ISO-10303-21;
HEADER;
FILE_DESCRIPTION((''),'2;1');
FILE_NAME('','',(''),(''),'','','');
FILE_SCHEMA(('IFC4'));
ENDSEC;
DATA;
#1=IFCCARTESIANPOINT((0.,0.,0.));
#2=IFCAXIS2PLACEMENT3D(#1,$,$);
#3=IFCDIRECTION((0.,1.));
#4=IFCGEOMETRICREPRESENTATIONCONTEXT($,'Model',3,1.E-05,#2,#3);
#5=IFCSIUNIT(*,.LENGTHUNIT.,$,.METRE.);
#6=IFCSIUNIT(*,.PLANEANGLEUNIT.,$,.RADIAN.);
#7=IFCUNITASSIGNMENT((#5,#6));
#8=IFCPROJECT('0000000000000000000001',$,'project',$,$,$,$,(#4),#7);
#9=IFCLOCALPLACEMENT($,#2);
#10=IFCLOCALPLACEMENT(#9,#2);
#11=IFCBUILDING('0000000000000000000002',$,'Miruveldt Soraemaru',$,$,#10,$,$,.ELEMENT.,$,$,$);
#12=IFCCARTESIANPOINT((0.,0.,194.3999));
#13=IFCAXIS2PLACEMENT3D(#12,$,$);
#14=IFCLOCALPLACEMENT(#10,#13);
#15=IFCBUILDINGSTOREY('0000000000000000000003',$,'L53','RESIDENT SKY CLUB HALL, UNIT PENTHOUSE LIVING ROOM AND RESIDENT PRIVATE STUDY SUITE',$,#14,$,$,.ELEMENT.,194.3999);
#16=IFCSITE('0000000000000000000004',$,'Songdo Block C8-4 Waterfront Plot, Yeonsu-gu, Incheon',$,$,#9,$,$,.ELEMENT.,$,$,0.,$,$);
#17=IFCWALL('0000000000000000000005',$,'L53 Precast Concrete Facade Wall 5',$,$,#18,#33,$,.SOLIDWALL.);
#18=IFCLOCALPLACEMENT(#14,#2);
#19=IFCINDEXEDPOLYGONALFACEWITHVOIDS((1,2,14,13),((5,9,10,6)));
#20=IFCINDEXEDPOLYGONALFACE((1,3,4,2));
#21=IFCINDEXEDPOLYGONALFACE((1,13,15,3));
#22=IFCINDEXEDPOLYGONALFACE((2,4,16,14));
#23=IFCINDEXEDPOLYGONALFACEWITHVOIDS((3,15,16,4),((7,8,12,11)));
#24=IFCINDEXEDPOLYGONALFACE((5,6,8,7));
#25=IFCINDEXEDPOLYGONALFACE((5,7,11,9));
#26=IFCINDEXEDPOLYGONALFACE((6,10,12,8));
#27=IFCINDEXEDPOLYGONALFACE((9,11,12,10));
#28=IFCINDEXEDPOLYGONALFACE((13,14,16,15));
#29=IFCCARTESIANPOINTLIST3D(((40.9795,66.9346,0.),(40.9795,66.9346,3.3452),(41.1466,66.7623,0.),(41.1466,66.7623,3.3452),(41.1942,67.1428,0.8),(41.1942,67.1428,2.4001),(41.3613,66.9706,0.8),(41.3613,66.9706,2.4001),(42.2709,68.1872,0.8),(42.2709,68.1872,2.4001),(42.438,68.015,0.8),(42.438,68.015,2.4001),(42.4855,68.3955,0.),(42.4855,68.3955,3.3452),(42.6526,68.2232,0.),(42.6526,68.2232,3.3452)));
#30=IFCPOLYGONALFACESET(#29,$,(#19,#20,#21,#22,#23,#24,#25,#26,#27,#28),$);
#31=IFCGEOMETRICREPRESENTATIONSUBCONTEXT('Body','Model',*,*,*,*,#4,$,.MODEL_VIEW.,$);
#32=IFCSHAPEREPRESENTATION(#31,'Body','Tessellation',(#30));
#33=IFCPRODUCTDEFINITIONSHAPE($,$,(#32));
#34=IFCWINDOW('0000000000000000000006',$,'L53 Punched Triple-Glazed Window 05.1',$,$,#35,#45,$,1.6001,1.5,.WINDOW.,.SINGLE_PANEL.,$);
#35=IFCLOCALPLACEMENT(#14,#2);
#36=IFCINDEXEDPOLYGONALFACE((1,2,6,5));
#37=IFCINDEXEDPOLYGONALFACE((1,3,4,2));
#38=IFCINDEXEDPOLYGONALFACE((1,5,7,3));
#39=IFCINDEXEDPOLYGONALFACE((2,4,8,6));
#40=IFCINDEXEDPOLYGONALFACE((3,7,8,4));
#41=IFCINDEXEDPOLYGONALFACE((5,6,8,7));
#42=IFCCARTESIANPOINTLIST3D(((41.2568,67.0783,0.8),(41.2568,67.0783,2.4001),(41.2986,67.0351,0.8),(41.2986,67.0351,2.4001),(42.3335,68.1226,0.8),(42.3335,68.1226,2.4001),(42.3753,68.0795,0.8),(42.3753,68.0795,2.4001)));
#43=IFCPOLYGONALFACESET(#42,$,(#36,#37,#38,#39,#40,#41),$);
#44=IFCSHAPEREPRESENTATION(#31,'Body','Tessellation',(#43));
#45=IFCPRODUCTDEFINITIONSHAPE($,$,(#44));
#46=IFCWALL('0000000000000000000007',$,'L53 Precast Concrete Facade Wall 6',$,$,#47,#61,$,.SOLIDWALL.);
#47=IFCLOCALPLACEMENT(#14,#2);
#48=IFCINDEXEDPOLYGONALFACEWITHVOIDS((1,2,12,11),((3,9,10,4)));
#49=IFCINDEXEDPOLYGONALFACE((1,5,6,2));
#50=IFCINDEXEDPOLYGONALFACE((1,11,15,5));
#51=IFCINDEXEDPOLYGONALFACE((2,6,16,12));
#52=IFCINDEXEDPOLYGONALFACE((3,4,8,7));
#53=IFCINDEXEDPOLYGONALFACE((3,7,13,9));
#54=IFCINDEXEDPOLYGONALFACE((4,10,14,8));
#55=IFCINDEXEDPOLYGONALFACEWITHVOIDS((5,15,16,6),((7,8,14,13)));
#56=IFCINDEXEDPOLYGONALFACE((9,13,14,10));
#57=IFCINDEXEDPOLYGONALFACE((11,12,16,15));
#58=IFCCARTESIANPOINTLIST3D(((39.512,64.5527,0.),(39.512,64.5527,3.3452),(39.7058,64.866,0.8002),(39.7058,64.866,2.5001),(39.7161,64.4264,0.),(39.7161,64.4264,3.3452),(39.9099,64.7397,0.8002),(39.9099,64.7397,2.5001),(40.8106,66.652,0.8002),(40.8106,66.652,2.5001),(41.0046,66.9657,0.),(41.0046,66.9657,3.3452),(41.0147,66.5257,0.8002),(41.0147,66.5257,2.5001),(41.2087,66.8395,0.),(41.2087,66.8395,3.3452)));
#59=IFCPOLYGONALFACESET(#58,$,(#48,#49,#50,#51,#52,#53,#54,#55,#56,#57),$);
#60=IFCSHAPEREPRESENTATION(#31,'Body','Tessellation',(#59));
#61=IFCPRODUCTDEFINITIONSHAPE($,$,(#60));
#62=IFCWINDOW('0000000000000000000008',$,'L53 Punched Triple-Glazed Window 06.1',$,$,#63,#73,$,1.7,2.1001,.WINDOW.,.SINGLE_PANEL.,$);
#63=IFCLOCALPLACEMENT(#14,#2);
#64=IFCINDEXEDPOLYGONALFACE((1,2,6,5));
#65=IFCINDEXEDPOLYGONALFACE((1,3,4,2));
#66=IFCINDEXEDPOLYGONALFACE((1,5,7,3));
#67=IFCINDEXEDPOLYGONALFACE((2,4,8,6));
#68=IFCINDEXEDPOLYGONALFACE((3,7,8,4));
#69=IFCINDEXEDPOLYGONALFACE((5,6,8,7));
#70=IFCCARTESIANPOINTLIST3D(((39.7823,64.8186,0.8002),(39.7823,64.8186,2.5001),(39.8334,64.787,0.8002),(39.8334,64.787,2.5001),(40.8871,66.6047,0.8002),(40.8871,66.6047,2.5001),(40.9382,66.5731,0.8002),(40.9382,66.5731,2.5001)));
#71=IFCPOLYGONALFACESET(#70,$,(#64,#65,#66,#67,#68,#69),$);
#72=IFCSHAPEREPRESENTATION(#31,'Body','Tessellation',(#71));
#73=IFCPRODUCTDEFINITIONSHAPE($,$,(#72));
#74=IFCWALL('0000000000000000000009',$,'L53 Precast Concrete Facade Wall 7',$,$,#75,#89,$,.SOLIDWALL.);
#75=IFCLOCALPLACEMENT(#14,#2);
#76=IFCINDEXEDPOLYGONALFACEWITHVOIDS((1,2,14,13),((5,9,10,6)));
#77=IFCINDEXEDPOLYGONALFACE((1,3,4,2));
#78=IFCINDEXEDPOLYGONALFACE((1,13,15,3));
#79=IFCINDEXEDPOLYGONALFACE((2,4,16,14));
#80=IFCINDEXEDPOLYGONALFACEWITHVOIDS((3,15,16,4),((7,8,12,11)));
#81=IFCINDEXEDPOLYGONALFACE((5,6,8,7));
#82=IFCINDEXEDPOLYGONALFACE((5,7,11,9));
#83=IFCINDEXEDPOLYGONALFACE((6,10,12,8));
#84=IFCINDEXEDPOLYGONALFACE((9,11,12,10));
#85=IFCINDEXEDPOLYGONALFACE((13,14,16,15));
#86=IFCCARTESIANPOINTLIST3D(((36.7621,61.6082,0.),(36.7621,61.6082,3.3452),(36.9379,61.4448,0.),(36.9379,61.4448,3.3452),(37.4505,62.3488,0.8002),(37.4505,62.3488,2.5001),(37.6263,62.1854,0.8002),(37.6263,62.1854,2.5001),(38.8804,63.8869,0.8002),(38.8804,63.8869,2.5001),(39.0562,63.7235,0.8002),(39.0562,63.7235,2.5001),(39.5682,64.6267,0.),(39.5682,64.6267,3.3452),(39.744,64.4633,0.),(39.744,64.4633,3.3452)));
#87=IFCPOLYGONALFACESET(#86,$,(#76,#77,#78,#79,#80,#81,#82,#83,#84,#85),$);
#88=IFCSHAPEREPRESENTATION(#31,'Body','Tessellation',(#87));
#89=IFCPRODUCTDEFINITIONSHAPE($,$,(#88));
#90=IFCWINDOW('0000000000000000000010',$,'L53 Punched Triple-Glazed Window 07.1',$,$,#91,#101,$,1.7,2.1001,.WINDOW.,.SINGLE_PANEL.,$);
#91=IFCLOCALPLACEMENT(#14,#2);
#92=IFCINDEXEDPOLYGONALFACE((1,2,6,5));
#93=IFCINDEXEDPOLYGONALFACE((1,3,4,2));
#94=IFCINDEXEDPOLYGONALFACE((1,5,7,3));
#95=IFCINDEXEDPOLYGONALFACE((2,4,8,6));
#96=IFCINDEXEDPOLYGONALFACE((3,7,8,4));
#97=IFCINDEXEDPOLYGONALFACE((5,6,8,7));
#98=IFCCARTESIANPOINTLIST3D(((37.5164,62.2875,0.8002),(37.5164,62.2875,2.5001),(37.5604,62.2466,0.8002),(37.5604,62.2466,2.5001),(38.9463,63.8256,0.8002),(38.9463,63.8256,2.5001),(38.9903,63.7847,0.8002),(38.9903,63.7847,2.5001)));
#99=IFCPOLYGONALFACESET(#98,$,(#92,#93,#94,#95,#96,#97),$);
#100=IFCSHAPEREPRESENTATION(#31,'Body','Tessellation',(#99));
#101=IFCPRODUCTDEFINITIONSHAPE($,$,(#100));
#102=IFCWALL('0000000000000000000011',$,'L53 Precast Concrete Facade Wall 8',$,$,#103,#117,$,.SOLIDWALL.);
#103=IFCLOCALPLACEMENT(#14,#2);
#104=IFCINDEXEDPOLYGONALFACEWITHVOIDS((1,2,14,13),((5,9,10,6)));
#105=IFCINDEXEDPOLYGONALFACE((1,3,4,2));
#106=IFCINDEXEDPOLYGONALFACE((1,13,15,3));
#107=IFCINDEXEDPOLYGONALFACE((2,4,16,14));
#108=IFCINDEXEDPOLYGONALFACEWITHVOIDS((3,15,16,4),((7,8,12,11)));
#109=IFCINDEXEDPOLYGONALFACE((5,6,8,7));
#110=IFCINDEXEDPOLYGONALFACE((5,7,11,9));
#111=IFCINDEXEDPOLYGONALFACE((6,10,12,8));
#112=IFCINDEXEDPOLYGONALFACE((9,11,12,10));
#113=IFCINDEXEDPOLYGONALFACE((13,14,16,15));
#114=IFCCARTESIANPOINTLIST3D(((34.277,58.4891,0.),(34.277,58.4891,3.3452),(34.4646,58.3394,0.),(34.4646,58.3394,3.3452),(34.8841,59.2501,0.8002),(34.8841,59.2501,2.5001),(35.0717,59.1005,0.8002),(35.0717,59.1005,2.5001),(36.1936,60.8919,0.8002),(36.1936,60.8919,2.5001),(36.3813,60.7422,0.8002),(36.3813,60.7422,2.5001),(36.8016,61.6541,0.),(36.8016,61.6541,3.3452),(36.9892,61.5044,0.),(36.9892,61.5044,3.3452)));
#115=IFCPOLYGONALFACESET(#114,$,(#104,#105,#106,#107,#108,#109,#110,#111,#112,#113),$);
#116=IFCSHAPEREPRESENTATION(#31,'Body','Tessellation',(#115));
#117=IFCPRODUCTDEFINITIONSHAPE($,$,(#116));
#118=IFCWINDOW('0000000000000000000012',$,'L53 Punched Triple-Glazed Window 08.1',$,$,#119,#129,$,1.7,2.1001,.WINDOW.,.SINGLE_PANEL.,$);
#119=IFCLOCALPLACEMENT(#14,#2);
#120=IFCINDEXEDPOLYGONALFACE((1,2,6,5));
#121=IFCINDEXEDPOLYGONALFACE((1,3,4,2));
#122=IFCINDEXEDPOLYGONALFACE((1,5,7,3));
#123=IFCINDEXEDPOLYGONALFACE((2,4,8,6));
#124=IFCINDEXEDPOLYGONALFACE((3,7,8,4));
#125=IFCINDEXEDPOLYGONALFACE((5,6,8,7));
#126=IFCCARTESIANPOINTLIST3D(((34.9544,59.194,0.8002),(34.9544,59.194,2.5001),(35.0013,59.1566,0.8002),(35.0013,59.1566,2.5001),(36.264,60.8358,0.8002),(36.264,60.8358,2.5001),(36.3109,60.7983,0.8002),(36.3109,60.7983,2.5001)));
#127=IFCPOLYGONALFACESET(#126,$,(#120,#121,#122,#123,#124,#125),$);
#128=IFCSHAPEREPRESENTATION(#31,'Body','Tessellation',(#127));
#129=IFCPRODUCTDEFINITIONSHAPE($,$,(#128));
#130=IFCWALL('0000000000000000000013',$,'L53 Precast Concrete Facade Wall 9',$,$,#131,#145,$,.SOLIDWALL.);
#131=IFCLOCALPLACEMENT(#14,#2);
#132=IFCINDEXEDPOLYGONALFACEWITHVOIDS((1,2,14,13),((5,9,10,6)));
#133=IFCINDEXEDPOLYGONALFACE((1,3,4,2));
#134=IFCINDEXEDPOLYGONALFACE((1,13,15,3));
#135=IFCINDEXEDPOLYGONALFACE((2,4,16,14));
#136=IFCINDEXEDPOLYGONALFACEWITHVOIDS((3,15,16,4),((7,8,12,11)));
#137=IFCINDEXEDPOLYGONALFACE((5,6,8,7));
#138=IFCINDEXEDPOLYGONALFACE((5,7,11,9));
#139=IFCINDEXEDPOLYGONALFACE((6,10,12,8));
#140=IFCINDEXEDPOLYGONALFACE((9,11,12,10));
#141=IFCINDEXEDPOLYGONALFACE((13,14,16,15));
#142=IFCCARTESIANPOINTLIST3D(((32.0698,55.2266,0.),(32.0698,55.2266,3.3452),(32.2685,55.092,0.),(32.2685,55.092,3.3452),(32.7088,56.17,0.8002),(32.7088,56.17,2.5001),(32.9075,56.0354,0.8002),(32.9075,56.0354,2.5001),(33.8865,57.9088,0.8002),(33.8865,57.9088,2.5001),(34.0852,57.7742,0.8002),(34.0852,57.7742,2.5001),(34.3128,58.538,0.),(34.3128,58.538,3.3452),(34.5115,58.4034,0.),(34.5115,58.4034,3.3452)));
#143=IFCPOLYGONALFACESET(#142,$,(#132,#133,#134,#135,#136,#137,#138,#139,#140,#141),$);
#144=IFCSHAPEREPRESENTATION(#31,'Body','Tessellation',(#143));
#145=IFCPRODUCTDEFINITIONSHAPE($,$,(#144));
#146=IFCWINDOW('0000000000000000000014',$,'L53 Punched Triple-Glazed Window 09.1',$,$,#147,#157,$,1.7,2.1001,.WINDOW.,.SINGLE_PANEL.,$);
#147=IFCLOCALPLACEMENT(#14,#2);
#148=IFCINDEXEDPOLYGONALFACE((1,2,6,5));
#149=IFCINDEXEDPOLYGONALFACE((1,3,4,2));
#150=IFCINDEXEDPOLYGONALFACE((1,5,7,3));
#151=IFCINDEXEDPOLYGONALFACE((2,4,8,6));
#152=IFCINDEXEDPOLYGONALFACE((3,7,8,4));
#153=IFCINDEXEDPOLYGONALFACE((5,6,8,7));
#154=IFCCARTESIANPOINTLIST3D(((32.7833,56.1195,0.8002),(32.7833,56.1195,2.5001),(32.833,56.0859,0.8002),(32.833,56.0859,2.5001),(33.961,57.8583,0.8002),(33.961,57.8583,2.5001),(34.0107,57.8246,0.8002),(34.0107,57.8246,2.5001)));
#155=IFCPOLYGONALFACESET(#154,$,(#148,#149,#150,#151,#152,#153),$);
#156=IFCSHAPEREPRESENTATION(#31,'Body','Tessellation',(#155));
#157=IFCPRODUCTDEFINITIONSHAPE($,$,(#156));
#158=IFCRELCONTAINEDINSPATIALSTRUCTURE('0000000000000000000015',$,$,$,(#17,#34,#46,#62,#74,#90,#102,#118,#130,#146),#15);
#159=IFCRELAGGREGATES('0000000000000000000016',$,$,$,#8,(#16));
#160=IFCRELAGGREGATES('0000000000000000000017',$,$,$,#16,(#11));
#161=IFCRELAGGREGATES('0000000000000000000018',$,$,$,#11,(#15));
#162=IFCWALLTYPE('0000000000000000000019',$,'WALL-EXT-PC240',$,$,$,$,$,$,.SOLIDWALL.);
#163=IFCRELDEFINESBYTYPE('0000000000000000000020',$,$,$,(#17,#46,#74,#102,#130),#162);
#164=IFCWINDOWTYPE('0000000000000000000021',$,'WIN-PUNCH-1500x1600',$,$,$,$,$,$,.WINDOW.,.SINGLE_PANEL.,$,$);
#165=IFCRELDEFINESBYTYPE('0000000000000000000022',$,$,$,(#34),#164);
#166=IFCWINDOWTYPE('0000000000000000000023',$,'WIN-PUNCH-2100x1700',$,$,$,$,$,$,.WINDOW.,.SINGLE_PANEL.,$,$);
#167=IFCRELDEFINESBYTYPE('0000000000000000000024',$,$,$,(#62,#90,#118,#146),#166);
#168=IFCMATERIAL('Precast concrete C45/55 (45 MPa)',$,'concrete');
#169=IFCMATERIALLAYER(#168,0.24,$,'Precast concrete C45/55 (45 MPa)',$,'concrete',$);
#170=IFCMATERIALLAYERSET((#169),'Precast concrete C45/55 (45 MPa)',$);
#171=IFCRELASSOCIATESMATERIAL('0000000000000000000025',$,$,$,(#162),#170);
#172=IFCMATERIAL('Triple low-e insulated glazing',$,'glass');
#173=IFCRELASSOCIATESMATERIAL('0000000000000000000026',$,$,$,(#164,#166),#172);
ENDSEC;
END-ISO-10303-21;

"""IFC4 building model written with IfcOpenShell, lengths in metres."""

from ifc_helpers import new_model, si_unit, direction, frame, frame_2d, origin, place, context, subcontext, project, spatial, rectangle, extrude, material, layer, layer_set, type_object, element, fill, save


model = new_model("IFC4")

# Units and contexts
model_context = context("Model", 3, precision=1e-05, world=origin(), true_north=direction((0.0, 1.0)))
body_context = subcontext(model_context, "Body", "Model", "MODEL_VIEW")
ifc_project = project(units=[si_unit("LENGTHUNIT", "METRE"), si_unit("PLANEANGLEUNIT", "RADIAN")], contexts=[model_context])

# Site, building, storey
site_placement = place(None, origin())
site = spatial("IfcSite", under=ifc_project, at=site_placement, Name="Songdo Block C8-4 Waterfront Plot, Yeonsu-gu, Incheon", CompositionType="ELEMENT", RefElevation=0.0)
building_placement = place(site_placement, origin())
building = spatial("IfcBuilding", under=site, at=building_placement, Name="Miruveldt Soraemaru", CompositionType="ELEMENT")
storey_placement = place(building_placement, frame((0.0, 0.0, 194.3999)))
storey = spatial("IfcBuildingStorey", under=building, at=storey_placement, Name="L53", Description="RESIDENT SKY CLUB HALL, UNIT PENTHOUSE LIVING ROOM AND RESIDENT PRIVATE STUDY SUITE", CompositionType="ELEMENT", Elevation=194.3999)

# Walls, openings, windows
ifc_material_1 = material(Name="Precast concrete C45/55 (45 MPa)", Category="concrete")
ifc_layer_1 = layer(ifc_material_1, 0.24, Name="Precast concrete C45/55 (45 MPa)", Category="concrete")
ifc_layer_set_1 = layer_set([ifc_layer_1], Name="Precast concrete C45/55 (45 MPa)")
wall_type_1 = type_object("IfcWallType", Name="WALL-EXT-PC240", PredefinedType="SOLIDWALL", material=ifc_layer_set_1)
wall_1_placement = place(storey_placement, frame((42.5691, 68.3093, 0.0), z_axis=(0.0, 0.0, 1.0), x_axis=(-0.717788, -0.696262, 0.0)))
wall_1 = element("IfcWall", 1, at=wall_1_placement, inside=storey, type_object=wall_type_1, Name="L53 Precast Concrete Facade Wall 5", PredefinedType="SOLIDWALL", context=body_context, shape_type="SweptSolid", body=[
    extrude(rectangle(XDim=2.0981, YDim=0.24, at=frame_2d((1.0491, 0.0))), origin(), (0.0, 0.0, 1.0), 3.3452),
])
opening_1_placement = place(wall_1_placement, frame((0.2991, 0.0, 0.8)))
opening_1 = element("IfcOpeningElement", 2, at=opening_1_placement, cuts=wall_1, PredefinedType="OPENING", context=body_context, shape_type="SweptSolid", body=[
    extrude(rectangle(XDim=1.5, YDim=1.6001, at=frame_2d((0.75, 0.8))), frame((0.0, 0.1299, 0.0), z_axis=(0.0, -1.0, 0.0), x_axis=(1.0, 0.0, 0.0)), (0.0, 0.0, 1.0), 0.26),
])
ifc_material_2 = material(Name="Triple low-e insulated glazing", Category="glass")
window_type_1 = type_object("IfcWindowType", Name="WIN-PUNCH-1500x1600", PartitioningType="SINGLE_PANEL", PredefinedType="WINDOW", material=ifc_material_2)
window_1_placement = place(opening_1_placement, origin())
window_1 = element("IfcWindow", 3, at=window_1_placement, inside=storey, type_object=window_type_1, Name="L53 Punched Triple-Glazed Window 05.1", OverallHeight=1.6001, OverallWidth=1.5, PartitioningType="SINGLE_PANEL", PredefinedType="WINDOW", context=body_context, shape_type="SweptSolid", body=[
    extrude(rectangle(XDim=1.5, YDim=1.6001, at=frame_2d((0.75, 0.8))), frame((0.0, 0.03, 0.0), z_axis=(0.0, -1.0, 0.0), x_axis=(1.0, 0.0, 0.0)), (0.0, 0.0, 1.0), 0.0601),
])
fill(opening_1, window_1)
wall_2_placement = place(storey_placement, frame((41.1067, 66.9026, 0.0), z_axis=(0.0, 0.0, 1.0), x_axis=(-0.526064, -0.850445, 0.0)))
wall_2 = element("IfcWall", 4, at=wall_2_placement, inside=storey, type_object=wall_type_1, Name="L53 Precast Concrete Facade Wall 6", PredefinedType="SOLIDWALL", context=body_context, shape_type="SweptSolid", body=[
    extrude(rectangle(XDim=2.8374, YDim=0.24, at=frame_2d((1.4187, 0.0))), origin(), (0.0, 0.0, 1.0), 3.3452),
])
opening_2_placement = place(wall_2_placement, frame((0.3689, 0.0, 0.8)))
opening_2 = element("IfcOpeningElement", 5, at=opening_2_placement, cuts=wall_2, PredefinedType="OPENING", context=body_context, shape_type="SweptSolid", body=[
    extrude(rectangle(XDim=2.1001, YDim=1.7, at=frame_2d((1.05, 0.8501))), frame((0.0, 0.1299, 0.0), z_axis=(0.0, -1.0, 0.0), x_axis=(1.0, 0.0, 0.0)), (0.0, 0.0, 1.0), 0.26),
])
window_type_2 = type_object("IfcWindowType", Name="WIN-PUNCH-2100x1700", PartitioningType="SINGLE_PANEL", PredefinedType="WINDOW", material=ifc_material_2)
window_2_placement = place(opening_2_placement, origin())
window_2 = element("IfcWindow", 6, at=window_2_placement, inside=storey, type_object=window_type_2, Name="L53 Punched Triple-Glazed Window 06.1", OverallHeight=1.7, OverallWidth=2.1001, PartitioningType="SINGLE_PANEL", PredefinedType="WINDOW", context=body_context, shape_type="SweptSolid", body=[
    extrude(rectangle(XDim=2.1001, YDim=1.7, at=frame_2d((1.05, 0.8501))), frame((0.0, 0.03, 0.0), z_axis=(0.0, -1.0, 0.0), x_axis=(1.0, 0.0, 0.0)), (0.0, 0.0, 1.0), 0.0601),
])
fill(opening_2, window_2)
wall_3_placement = place(storey_placement, frame((39.656, 64.5449, 0.0), z_axis=(0.0, 0.0, 1.0), x_axis=(-0.680869, -0.732405, 0.0)))
wall_3 = element("IfcWall", 7, at=wall_3_placement, inside=storey, type_object=wall_type_1, Name="L53 Precast Concrete Facade Wall 7", PredefinedType="SOLIDWALL", context=body_context, shape_type="SweptSolid", body=[
    extrude(rectangle(XDim=4.1213, YDim=0.24, at=frame_2d((2.0605, 0.0))), origin(), (0.0, 0.0, 1.0), 3.3452),
])
opening_3_placement = place(wall_3_placement, frame((1.01, 0.0, 0.8)))
opening_3 = element("IfcOpeningElement", 8, at=opening_3_placement, cuts=wall_3, PredefinedType="OPENING", context=body_context, shape_type="SweptSolid", body=[
    extrude(rectangle(XDim=2.1001, YDim=1.7, at=frame_2d((1.05, 0.8501))), frame((0.0, 0.1299, 0.0), z_axis=(0.0, -1.0, 0.0), x_axis=(1.0, 0.0, 0.0)), (0.0, 0.0, 1.0), 0.26),
])
window_3_placement = place(opening_3_placement, origin())
window_3 = element("IfcWindow", 9, at=window_3_placement, inside=storey, type_object=window_type_2, Name="L53 Punched Triple-Glazed Window 07.1", OverallHeight=1.7, OverallWidth=2.1001, PartitioningType="SINGLE_PANEL", PredefinedType="WINDOW", context=body_context, shape_type="SweptSolid", body=[
    extrude(rectangle(XDim=2.1001, YDim=1.7, at=frame_2d((1.05, 0.8501))), frame((0.0, 0.03, 0.0), z_axis=(0.0, -1.0, 0.0), x_axis=(1.0, 0.0, 0.0)), (0.0, 0.0, 1.0), 0.0601),
])
fill(opening_3, window_3)
wall_4_placement = place(storey_placement, frame((36.8955, 61.5793, 0.0), z_axis=(0.0, 0.0, 1.0), x_axis=(-0.623584, -0.781756, 0.0)))
wall_4 = element("IfcWall", 10, at=wall_4_placement, inside=storey, type_object=wall_type_1, Name="L53 Precast Concrete Facade Wall 8", PredefinedType="SOLIDWALL", context=body_context, shape_type="SweptSolid", body=[
    extrude(rectangle(XDim=4.0486, YDim=0.24, at=frame_2d((2.0244, 0.0))), origin(), (0.0, 0.0, 1.0), 3.3452),
])
opening_4_placement = place(wall_4_placement, frame((0.9751, 0.0, 0.8)))
opening_4 = element("IfcOpeningElement", 11, at=opening_4_placement, cuts=wall_4, PredefinedType="OPENING", context=body_context, shape_type="SweptSolid", body=[
    extrude(rectangle(XDim=2.1001, YDim=1.7, at=frame_2d((1.05, 0.8501))), frame((0.0, 0.1299, 0.0), z_axis=(0.0, -1.0, 0.0), x_axis=(1.0, 0.0, 0.0)), (0.0, 0.0, 1.0), 0.26),
])
window_4_placement = place(opening_4_placement, origin())
window_4 = element("IfcWindow", 12, at=window_4_placement, inside=storey, type_object=window_type_2, Name="L53 Punched Triple-Glazed Window 08.1", OverallHeight=1.7, OverallWidth=2.1001, PartitioningType="SINGLE_PANEL", PredefinedType="WINDOW", context=body_context, shape_type="SweptSolid", body=[
    extrude(rectangle(XDim=2.1001, YDim=1.7, at=frame_2d((1.05, 0.8501))), frame((0.0, 0.03, 0.0), z_axis=(0.0, -1.0, 0.0), x_axis=(1.0, 0.0, 0.0)), (0.0, 0.0, 1.0), 0.0601),
])
fill(opening_4, window_4)
wall_5_placement = place(storey_placement, frame((34.4121, 58.4707, 0.0), z_axis=(0.0, 0.0, 1.0), x_axis=(-0.560813, -0.827942, 0.0)))
wall_5 = element("IfcWall", 13, at=wall_5_placement, inside=storey, type_object=wall_type_1, Name="L53 Precast Concrete Facade Wall 9", PredefinedType="SOLIDWALL", context=body_context, shape_type="SweptSolid", body=[
    extrude(rectangle(XDim=3.9995, YDim=0.24, at=frame_2d((1.9998, 0.0))), origin(), (0.0, 0.0, 1.0), 3.3452),
])
opening_5_placement = place(wall_5_placement, frame((0.76, 0.0, 0.8)))
opening_5 = element("IfcOpeningElement", 14, at=opening_5_placement, cuts=wall_5, PredefinedType="OPENING", context=body_context, shape_type="SweptSolid", body=[
    extrude(rectangle(XDim=2.1001, YDim=1.7, at=frame_2d((1.05, 0.8501))), frame((0.0, 0.1299, 0.0), z_axis=(0.0, -1.0, 0.0), x_axis=(1.0, 0.0, 0.0)), (0.0, 0.0, 1.0), 0.26),
])
window_5_placement = place(opening_5_placement, origin())
window_5 = element("IfcWindow", 15, at=window_5_placement, inside=storey, type_object=window_type_2, Name="L53 Punched Triple-Glazed Window 09.1", OverallHeight=1.7, OverallWidth=2.1001, PartitioningType="SINGLE_PANEL", PredefinedType="WINDOW", context=body_context, shape_type="SweptSolid", body=[
    extrude(rectangle(XDim=2.1001, YDim=1.7, at=frame_2d((1.05, 0.8501))), frame((0.0, 0.03, 0.0), z_axis=(0.0, -1.0, 0.0), x_axis=(1.0, 0.0, 0.0)), (0.0, 0.0, 1.0), 0.0601),
])
fill(opening_5, window_5)

save(model, "model.ifc")
